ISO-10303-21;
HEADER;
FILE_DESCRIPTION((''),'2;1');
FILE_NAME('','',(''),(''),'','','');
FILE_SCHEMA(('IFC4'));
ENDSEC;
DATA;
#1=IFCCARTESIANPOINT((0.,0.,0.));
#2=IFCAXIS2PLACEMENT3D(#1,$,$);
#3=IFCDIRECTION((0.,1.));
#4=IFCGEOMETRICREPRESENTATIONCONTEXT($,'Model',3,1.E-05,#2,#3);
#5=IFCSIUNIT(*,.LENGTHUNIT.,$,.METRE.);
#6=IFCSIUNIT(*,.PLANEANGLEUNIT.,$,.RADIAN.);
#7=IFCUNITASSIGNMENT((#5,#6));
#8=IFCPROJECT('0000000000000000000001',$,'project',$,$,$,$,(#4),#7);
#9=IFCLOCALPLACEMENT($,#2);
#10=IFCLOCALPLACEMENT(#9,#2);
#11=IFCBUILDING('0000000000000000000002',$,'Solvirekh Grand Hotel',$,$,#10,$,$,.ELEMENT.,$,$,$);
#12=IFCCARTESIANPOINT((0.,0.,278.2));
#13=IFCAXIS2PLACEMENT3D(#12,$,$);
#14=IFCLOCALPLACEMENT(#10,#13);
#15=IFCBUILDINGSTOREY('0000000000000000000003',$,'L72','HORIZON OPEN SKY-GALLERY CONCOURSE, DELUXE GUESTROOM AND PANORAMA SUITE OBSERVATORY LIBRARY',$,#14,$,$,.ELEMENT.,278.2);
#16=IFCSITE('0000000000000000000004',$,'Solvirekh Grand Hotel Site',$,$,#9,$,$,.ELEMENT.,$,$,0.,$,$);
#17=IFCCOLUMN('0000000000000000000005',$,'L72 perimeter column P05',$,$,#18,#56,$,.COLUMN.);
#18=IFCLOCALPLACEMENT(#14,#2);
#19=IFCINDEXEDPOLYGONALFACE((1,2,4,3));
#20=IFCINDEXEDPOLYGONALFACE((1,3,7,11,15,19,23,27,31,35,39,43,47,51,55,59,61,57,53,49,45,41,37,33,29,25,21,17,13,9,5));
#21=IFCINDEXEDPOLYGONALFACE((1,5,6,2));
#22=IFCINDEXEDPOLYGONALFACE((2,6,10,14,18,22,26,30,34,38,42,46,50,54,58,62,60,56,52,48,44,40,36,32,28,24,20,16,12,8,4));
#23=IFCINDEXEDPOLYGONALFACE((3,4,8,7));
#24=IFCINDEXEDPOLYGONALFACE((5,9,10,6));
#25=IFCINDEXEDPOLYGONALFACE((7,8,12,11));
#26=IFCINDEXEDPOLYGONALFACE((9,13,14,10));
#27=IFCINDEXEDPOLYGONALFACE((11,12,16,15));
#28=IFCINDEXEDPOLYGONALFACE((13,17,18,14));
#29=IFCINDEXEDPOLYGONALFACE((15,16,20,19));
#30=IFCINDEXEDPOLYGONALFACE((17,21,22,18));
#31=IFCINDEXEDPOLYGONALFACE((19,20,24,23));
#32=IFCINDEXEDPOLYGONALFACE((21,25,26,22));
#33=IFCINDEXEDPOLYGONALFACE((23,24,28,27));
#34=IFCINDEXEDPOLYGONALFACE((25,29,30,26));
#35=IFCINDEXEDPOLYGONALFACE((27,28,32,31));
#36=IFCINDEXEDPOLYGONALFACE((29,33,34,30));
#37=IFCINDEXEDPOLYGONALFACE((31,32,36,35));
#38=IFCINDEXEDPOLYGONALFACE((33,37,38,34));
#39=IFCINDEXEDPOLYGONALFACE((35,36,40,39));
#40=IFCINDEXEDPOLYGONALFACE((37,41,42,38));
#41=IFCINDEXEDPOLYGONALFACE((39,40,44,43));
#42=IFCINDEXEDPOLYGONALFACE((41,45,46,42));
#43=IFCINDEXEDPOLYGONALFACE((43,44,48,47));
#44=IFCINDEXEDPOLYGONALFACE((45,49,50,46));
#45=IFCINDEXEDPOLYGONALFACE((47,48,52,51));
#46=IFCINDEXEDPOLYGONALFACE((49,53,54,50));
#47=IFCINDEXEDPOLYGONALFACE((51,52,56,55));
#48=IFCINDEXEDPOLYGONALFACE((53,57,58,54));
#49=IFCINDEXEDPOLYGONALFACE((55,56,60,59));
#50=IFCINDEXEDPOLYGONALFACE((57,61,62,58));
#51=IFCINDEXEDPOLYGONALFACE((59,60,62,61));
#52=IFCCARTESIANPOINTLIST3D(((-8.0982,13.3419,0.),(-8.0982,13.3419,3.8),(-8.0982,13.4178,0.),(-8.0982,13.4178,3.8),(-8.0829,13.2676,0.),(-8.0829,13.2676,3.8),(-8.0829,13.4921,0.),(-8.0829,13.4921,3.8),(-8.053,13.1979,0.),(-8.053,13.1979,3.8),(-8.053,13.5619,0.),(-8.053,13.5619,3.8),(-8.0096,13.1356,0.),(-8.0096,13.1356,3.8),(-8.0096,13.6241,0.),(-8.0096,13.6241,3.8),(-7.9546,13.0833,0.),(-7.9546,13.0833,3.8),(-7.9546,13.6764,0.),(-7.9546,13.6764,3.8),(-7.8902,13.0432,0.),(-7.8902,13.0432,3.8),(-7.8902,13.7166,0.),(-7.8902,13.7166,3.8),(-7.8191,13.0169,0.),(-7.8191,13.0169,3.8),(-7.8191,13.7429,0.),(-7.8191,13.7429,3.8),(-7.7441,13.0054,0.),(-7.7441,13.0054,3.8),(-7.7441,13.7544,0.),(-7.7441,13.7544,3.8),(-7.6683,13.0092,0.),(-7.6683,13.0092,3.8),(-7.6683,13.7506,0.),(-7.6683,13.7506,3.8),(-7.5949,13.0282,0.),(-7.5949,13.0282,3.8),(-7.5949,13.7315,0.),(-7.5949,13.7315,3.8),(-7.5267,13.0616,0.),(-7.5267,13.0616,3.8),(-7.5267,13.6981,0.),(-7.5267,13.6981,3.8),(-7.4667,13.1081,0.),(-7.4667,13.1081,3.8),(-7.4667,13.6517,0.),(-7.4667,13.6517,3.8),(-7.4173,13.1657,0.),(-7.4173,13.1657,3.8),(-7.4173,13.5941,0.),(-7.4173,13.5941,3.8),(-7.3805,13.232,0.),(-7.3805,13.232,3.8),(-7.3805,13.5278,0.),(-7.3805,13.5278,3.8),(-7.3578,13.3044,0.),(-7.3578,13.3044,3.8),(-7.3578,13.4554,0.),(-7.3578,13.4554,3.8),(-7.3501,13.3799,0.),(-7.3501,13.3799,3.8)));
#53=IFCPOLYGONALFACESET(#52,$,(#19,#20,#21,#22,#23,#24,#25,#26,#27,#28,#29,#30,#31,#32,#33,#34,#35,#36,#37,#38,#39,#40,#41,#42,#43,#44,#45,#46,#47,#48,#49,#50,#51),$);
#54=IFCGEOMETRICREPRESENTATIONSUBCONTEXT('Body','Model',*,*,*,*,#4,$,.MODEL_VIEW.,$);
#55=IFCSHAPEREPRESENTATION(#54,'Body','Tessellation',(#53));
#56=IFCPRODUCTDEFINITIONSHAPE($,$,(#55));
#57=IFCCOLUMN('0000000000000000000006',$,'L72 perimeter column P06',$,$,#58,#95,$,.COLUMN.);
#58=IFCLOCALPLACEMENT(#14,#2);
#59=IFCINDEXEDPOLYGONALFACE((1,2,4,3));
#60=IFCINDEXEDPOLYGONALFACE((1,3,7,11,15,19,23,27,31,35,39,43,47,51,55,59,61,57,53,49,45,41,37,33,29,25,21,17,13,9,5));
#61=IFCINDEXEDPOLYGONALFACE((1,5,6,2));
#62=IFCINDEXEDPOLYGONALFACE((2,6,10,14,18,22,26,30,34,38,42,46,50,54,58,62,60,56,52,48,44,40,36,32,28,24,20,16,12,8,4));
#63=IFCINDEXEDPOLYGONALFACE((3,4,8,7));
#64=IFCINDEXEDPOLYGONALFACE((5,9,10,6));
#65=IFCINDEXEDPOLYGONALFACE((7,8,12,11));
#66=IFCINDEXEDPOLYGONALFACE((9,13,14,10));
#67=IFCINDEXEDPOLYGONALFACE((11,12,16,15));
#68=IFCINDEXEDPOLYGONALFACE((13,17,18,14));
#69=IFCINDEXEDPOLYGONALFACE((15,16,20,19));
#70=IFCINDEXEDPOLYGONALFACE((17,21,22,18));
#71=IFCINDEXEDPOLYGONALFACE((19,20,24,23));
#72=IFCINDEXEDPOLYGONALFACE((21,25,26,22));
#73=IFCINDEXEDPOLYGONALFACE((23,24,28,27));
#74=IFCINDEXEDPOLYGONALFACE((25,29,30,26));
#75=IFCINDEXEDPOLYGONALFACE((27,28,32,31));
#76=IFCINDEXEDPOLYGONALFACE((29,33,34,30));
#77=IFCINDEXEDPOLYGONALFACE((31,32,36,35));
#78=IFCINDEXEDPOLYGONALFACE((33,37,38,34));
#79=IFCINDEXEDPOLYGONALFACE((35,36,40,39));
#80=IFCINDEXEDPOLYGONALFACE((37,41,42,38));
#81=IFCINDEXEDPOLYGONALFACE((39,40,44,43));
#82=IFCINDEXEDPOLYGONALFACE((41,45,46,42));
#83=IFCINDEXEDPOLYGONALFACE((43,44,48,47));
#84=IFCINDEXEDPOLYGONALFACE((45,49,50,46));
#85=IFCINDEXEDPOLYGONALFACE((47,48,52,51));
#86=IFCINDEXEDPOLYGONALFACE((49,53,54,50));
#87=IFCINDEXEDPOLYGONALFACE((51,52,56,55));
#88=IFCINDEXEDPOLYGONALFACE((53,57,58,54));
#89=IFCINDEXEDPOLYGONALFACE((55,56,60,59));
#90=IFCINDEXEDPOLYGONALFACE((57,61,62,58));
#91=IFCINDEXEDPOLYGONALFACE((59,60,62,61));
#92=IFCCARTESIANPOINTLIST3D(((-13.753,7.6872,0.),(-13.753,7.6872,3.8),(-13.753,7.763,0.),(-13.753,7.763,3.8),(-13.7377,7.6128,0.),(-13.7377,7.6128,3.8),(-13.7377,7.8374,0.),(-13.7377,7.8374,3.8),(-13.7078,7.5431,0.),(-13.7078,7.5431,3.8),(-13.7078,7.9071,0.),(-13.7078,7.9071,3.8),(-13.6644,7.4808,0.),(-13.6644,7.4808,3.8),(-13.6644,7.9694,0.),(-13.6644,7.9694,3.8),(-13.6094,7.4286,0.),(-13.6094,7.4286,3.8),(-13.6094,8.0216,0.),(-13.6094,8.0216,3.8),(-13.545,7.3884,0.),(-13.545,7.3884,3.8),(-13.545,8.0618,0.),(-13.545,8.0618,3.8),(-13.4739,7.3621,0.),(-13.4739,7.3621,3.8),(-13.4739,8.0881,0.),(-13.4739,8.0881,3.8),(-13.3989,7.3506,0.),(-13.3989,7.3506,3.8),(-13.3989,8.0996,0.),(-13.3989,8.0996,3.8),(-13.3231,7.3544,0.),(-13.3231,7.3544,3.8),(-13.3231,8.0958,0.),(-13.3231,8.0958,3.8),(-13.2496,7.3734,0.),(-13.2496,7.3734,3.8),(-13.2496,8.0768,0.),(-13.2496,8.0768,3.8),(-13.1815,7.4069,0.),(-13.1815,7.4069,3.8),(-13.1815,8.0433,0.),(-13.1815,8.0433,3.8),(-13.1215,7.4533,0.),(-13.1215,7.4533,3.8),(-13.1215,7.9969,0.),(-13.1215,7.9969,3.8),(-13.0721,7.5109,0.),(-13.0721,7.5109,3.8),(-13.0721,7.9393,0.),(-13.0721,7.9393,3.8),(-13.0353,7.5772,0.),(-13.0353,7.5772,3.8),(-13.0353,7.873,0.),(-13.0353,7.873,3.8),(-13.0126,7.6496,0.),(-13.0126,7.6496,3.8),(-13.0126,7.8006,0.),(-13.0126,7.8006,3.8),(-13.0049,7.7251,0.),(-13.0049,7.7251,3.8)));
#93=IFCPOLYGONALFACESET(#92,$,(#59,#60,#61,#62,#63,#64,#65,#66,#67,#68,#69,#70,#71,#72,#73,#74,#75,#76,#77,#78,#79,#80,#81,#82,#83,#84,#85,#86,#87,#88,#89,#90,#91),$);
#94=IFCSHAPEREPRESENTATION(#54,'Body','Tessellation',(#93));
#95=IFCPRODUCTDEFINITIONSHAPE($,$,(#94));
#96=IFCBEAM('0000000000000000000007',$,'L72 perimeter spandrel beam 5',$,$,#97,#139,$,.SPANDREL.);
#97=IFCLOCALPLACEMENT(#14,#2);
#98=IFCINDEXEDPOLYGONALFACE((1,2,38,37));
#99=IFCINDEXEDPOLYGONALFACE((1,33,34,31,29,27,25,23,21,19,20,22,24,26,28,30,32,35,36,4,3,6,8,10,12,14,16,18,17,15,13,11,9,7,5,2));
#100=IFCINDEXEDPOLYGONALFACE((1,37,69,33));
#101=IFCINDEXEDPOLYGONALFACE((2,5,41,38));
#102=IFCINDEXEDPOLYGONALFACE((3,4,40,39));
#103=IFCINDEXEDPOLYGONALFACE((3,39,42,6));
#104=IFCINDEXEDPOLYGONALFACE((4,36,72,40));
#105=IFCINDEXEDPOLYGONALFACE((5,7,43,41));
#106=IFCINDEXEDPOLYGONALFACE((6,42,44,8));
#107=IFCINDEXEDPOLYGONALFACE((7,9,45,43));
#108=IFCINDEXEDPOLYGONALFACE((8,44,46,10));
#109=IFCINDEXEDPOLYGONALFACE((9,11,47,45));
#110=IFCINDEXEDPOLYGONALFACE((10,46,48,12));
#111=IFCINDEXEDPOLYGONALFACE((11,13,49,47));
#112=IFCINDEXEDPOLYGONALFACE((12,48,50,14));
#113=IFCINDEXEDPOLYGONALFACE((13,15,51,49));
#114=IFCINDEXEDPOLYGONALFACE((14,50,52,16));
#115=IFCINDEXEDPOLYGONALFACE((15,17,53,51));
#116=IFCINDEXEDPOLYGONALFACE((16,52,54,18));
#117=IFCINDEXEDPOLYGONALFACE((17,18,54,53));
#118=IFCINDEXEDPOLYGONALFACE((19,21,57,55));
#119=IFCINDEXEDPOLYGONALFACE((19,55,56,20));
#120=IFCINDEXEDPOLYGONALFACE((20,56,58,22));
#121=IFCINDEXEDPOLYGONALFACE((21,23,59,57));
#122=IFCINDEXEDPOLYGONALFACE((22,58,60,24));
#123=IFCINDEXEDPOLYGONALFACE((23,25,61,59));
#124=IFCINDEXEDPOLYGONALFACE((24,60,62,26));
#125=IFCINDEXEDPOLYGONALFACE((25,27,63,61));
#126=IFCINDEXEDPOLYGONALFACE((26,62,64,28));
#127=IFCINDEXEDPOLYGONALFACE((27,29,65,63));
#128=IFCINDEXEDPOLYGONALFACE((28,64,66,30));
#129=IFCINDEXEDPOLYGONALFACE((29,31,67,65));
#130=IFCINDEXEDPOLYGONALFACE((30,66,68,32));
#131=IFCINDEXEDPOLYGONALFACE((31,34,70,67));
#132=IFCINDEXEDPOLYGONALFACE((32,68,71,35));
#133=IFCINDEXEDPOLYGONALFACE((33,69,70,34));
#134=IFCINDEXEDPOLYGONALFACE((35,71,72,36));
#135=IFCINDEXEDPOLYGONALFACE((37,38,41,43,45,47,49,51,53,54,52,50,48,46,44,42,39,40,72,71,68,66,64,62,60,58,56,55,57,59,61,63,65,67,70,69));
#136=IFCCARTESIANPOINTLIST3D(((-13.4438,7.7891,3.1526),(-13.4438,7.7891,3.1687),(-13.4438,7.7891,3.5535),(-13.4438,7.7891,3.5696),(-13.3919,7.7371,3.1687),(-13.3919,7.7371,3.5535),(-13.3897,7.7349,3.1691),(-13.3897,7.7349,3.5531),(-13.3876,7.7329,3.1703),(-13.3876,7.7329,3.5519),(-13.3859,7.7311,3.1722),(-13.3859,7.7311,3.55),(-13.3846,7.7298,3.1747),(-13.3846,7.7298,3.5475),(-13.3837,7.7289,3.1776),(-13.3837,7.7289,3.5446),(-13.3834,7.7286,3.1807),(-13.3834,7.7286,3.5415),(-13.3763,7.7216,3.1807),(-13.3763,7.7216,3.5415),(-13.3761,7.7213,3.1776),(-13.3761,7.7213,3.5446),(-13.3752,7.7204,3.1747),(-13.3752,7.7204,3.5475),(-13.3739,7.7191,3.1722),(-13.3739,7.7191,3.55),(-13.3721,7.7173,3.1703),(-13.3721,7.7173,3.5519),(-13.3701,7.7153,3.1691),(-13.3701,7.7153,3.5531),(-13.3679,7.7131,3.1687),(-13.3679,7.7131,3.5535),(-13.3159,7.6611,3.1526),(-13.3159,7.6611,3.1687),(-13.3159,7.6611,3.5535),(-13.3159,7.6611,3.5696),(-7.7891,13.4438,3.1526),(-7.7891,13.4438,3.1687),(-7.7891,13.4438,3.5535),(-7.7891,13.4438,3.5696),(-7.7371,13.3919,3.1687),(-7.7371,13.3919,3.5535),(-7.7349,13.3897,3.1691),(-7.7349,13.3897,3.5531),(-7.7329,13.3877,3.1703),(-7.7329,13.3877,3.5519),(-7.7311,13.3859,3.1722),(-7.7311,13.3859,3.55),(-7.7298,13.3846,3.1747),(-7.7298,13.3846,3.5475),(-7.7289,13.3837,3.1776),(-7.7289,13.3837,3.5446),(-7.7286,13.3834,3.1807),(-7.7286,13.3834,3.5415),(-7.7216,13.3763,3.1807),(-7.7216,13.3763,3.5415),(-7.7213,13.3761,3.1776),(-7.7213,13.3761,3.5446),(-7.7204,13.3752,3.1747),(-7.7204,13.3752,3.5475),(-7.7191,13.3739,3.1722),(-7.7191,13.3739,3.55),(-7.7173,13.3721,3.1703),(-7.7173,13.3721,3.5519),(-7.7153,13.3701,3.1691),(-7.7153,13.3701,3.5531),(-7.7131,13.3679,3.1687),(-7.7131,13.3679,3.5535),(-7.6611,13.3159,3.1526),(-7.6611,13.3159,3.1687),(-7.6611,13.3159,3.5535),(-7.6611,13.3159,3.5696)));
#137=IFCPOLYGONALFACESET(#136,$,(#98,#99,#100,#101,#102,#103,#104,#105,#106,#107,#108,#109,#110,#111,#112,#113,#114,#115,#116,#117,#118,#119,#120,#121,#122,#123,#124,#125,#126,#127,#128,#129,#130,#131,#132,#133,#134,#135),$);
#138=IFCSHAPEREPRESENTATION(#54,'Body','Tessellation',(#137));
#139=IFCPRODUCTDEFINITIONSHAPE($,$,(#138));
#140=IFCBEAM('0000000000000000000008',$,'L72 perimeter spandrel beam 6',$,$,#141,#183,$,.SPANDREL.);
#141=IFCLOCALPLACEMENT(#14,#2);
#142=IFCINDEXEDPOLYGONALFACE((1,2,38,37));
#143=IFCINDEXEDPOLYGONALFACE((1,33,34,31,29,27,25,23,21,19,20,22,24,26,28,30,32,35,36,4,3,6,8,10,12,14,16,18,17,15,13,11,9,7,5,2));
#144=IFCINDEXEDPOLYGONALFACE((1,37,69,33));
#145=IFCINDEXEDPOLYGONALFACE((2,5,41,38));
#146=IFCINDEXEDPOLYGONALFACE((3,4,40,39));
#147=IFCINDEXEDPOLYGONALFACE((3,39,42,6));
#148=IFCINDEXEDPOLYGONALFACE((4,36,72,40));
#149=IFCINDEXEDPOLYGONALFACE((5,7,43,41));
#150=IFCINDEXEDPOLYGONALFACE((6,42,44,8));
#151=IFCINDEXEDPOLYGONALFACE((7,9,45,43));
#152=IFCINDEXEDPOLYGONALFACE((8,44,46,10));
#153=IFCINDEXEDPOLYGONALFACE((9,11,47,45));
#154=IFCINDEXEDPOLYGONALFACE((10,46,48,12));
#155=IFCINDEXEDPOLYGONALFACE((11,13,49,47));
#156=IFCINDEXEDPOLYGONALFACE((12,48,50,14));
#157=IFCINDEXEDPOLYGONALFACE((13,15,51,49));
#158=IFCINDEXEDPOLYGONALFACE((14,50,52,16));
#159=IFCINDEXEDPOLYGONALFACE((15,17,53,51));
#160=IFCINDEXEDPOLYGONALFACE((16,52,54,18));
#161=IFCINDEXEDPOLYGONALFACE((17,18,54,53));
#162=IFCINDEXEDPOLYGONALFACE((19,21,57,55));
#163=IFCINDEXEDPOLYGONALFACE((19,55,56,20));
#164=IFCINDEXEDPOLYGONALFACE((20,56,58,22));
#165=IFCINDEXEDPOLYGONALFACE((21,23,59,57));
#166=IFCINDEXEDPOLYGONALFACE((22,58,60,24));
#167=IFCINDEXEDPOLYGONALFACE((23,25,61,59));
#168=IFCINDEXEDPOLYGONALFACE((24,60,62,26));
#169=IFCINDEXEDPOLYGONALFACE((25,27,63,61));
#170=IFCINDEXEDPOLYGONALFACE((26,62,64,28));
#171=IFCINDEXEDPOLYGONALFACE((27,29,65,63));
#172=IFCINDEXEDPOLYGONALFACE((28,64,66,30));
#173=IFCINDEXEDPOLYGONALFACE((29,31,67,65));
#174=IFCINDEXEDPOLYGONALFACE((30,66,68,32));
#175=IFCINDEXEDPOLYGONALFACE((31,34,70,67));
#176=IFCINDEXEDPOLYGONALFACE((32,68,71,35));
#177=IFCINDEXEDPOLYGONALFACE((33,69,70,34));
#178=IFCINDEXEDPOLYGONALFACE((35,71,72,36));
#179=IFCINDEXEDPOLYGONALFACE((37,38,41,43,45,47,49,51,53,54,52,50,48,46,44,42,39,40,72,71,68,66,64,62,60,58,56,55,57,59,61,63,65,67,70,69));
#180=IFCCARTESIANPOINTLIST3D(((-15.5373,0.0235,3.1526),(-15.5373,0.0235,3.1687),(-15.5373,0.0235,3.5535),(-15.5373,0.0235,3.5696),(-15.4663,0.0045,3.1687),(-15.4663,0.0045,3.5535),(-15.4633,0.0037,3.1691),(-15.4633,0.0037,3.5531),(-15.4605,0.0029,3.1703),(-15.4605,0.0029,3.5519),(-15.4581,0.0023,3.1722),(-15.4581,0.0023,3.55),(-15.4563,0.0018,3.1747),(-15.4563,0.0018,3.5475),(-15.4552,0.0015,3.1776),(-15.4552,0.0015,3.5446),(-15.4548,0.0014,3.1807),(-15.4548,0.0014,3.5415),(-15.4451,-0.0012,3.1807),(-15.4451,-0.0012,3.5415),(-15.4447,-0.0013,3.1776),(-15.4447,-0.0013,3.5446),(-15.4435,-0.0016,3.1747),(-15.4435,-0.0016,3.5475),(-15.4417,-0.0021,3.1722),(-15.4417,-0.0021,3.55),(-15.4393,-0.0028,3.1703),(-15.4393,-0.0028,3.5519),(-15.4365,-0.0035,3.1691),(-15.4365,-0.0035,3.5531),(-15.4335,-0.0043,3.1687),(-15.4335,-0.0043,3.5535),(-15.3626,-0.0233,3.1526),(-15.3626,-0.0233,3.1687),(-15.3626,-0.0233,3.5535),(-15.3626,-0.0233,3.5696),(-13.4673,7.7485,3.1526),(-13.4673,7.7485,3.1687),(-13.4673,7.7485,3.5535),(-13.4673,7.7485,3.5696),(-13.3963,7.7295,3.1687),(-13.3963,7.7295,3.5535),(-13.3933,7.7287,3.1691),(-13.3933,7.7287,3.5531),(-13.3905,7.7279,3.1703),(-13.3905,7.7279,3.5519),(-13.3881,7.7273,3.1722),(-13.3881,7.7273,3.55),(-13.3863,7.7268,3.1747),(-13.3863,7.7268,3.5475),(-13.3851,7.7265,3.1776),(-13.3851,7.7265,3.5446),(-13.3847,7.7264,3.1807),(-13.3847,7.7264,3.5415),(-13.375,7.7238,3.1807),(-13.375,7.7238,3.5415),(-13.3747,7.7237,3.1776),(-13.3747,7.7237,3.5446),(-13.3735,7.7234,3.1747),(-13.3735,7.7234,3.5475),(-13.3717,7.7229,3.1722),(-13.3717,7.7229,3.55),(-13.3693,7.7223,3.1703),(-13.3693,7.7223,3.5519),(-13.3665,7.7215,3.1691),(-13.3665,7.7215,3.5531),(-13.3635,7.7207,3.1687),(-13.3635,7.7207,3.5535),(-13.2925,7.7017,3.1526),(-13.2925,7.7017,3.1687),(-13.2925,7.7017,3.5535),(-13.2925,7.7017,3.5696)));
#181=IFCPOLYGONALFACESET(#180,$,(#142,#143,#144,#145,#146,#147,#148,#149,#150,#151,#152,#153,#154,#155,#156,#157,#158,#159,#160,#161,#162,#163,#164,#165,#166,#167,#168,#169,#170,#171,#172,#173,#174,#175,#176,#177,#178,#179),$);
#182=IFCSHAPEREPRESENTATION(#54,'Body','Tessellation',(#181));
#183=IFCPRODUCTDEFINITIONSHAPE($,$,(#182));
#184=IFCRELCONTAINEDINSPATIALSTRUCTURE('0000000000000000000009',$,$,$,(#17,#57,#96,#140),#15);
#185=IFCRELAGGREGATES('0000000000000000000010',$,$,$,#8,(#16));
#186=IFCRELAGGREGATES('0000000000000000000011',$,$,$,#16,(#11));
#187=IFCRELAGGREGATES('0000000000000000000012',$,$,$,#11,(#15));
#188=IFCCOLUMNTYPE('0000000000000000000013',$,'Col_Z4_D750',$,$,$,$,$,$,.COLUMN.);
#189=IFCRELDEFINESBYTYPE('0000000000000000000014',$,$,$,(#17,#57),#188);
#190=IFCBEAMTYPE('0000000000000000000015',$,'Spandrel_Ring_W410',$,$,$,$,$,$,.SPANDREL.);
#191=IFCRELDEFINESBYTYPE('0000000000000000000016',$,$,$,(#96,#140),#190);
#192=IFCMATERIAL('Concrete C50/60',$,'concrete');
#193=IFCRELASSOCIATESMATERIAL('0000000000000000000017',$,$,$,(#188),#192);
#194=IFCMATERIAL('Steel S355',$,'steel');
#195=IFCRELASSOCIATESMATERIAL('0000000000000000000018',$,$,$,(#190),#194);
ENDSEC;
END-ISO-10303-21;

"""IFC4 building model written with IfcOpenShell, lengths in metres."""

from ifc_helpers import new_model, si_unit, direction, frame, origin, origin_2d, place, context, subcontext, project, spatial, circle, i_section, extrude, material, material_profile, profile_set, type_object, element, save


model = new_model("IFC4")

# Units and contexts
model_context = context("Model", 3, precision=1e-05, world=origin(), true_north=direction((0.0, 1.0)))
body_context = subcontext(model_context, "Body", "Model", "MODEL_VIEW")
ifc_project = project(units=[si_unit("LENGTHUNIT", "METRE"), si_unit("PLANEANGLEUNIT", "RADIAN")], contexts=[model_context])

# Site, building, storey
site_placement = place(None, origin())
site = spatial("IfcSite", under=ifc_project, at=site_placement, Name="Solvirekh Grand Hotel Site", CompositionType="ELEMENT", RefElevation=0.0)
building_placement = place(site_placement, origin())
building = spatial("IfcBuilding", under=site, at=building_placement, Name="Solvirekh Grand Hotel", CompositionType="ELEMENT")
storey_placement = place(building_placement, frame((0.0, 0.0, 278.2)))
storey = spatial("IfcBuildingStorey", under=building, at=storey_placement, Name="L72", Description="HORIZON OPEN SKY-GALLERY CONCOURSE, DELUXE GUESTROOM AND PANORAMA SUITE OBSERVATORY LIBRARY", CompositionType="ELEMENT", Elevation=278.2)

# Columns
ifc_material_1 = material(Name="Concrete C50/60", Category="concrete")
ifc_material_profile_1 = material_profile(ifc_material_1, circle(Radius=0.375, at=origin_2d()), Name="RC CIRC D750")
ifc_profile_set_1 = profile_set([ifc_material_profile_1], Name="Concrete C50/60")
column_type = type_object("IfcColumnType", Name="Col_Z4_D750", PredefinedType="COLUMN", material=ifc_profile_set_1)
for number, where, z_axis, x_axis, name in (
    (1, (-7.7251, 13.3799, 0.0), (0.0, 0.0, 1.0), (1.0, 0.0, 0.0), "L72 perimeter column P05"),
    (2, (-13.3799, 7.7251, 0.0), (0.0, 0.0, 1.0), (1.0, 0.0, 0.0), "L72 perimeter column P06"),
):
    element("IfcColumn", number, at=place(storey_placement, frame(where, z_axis=z_axis, x_axis=x_axis)), inside=storey, type_object=column_type, Name=name, PredefinedType="COLUMN", context=body_context, shape_type="SweptSolid", body=[
        extrude(circle(Radius=0.375, at=origin_2d()), origin(), (0.0, 0.0, 1.0), 3.8),
    ])

# Beams
ifc_material_2 = material(Name="Steel S355", Category="steel")
ifc_material_profile_2 = material_profile(ifc_material_2, i_section(OverallWidth=0.1809, OverallDepth=0.417, WebThickness=0.01, FlangeThickness=0.0161, FilletRadius=0.012, at=origin_2d()), Name="W410X85")
ifc_profile_set_2 = profile_set([ifc_material_profile_2], Name="Steel S355")
beam_type = type_object("IfcBeamType", Name="Spandrel_Ring_W410", PredefinedType="SPANDREL", material=ifc_profile_set_2)
beam_1_placement = place(storey_placement, frame((-7.7251, 13.3799, 3.3611), z_axis=(-0.707107, -0.707107, 0.0), x_axis=(0.707107, -0.707107, 0.0)))
element("IfcBeam", 3, at=beam_1_placement, inside=storey, type_object=beam_type, Name="L72 perimeter spandrel beam 5", PredefinedType="SPANDREL", context=body_context, shape_type="SweptSolid", body=[
    extrude(i_section(OverallWidth=0.1809, OverallDepth=0.417, WebThickness=0.01, FlangeThickness=0.0161, FilletRadius=0.012, at=origin_2d()), origin(), (0.0, 0.0, 1.0), 7.9971),
])
beam_2_placement = place(storey_placement, frame((-13.3799, 7.7251, 3.3611), z_axis=(-0.258835, -0.965922, 0.0), x_axis=(0.965922, -0.258835, 0.0)))
element("IfcBeam", 4, at=beam_2_placement, inside=storey, type_object=beam_type, Name="L72 perimeter spandrel beam 6", PredefinedType="SPANDREL", context=body_context, shape_type="SweptSolid", body=[
    extrude(i_section(OverallWidth=0.1809, OverallDepth=0.417, WebThickness=0.01, FlangeThickness=0.0161, FilletRadius=0.012, at=origin_2d()), origin(), (0.0, 0.0, 1.0), 7.9976),
])

save(model, "model.ifc")
